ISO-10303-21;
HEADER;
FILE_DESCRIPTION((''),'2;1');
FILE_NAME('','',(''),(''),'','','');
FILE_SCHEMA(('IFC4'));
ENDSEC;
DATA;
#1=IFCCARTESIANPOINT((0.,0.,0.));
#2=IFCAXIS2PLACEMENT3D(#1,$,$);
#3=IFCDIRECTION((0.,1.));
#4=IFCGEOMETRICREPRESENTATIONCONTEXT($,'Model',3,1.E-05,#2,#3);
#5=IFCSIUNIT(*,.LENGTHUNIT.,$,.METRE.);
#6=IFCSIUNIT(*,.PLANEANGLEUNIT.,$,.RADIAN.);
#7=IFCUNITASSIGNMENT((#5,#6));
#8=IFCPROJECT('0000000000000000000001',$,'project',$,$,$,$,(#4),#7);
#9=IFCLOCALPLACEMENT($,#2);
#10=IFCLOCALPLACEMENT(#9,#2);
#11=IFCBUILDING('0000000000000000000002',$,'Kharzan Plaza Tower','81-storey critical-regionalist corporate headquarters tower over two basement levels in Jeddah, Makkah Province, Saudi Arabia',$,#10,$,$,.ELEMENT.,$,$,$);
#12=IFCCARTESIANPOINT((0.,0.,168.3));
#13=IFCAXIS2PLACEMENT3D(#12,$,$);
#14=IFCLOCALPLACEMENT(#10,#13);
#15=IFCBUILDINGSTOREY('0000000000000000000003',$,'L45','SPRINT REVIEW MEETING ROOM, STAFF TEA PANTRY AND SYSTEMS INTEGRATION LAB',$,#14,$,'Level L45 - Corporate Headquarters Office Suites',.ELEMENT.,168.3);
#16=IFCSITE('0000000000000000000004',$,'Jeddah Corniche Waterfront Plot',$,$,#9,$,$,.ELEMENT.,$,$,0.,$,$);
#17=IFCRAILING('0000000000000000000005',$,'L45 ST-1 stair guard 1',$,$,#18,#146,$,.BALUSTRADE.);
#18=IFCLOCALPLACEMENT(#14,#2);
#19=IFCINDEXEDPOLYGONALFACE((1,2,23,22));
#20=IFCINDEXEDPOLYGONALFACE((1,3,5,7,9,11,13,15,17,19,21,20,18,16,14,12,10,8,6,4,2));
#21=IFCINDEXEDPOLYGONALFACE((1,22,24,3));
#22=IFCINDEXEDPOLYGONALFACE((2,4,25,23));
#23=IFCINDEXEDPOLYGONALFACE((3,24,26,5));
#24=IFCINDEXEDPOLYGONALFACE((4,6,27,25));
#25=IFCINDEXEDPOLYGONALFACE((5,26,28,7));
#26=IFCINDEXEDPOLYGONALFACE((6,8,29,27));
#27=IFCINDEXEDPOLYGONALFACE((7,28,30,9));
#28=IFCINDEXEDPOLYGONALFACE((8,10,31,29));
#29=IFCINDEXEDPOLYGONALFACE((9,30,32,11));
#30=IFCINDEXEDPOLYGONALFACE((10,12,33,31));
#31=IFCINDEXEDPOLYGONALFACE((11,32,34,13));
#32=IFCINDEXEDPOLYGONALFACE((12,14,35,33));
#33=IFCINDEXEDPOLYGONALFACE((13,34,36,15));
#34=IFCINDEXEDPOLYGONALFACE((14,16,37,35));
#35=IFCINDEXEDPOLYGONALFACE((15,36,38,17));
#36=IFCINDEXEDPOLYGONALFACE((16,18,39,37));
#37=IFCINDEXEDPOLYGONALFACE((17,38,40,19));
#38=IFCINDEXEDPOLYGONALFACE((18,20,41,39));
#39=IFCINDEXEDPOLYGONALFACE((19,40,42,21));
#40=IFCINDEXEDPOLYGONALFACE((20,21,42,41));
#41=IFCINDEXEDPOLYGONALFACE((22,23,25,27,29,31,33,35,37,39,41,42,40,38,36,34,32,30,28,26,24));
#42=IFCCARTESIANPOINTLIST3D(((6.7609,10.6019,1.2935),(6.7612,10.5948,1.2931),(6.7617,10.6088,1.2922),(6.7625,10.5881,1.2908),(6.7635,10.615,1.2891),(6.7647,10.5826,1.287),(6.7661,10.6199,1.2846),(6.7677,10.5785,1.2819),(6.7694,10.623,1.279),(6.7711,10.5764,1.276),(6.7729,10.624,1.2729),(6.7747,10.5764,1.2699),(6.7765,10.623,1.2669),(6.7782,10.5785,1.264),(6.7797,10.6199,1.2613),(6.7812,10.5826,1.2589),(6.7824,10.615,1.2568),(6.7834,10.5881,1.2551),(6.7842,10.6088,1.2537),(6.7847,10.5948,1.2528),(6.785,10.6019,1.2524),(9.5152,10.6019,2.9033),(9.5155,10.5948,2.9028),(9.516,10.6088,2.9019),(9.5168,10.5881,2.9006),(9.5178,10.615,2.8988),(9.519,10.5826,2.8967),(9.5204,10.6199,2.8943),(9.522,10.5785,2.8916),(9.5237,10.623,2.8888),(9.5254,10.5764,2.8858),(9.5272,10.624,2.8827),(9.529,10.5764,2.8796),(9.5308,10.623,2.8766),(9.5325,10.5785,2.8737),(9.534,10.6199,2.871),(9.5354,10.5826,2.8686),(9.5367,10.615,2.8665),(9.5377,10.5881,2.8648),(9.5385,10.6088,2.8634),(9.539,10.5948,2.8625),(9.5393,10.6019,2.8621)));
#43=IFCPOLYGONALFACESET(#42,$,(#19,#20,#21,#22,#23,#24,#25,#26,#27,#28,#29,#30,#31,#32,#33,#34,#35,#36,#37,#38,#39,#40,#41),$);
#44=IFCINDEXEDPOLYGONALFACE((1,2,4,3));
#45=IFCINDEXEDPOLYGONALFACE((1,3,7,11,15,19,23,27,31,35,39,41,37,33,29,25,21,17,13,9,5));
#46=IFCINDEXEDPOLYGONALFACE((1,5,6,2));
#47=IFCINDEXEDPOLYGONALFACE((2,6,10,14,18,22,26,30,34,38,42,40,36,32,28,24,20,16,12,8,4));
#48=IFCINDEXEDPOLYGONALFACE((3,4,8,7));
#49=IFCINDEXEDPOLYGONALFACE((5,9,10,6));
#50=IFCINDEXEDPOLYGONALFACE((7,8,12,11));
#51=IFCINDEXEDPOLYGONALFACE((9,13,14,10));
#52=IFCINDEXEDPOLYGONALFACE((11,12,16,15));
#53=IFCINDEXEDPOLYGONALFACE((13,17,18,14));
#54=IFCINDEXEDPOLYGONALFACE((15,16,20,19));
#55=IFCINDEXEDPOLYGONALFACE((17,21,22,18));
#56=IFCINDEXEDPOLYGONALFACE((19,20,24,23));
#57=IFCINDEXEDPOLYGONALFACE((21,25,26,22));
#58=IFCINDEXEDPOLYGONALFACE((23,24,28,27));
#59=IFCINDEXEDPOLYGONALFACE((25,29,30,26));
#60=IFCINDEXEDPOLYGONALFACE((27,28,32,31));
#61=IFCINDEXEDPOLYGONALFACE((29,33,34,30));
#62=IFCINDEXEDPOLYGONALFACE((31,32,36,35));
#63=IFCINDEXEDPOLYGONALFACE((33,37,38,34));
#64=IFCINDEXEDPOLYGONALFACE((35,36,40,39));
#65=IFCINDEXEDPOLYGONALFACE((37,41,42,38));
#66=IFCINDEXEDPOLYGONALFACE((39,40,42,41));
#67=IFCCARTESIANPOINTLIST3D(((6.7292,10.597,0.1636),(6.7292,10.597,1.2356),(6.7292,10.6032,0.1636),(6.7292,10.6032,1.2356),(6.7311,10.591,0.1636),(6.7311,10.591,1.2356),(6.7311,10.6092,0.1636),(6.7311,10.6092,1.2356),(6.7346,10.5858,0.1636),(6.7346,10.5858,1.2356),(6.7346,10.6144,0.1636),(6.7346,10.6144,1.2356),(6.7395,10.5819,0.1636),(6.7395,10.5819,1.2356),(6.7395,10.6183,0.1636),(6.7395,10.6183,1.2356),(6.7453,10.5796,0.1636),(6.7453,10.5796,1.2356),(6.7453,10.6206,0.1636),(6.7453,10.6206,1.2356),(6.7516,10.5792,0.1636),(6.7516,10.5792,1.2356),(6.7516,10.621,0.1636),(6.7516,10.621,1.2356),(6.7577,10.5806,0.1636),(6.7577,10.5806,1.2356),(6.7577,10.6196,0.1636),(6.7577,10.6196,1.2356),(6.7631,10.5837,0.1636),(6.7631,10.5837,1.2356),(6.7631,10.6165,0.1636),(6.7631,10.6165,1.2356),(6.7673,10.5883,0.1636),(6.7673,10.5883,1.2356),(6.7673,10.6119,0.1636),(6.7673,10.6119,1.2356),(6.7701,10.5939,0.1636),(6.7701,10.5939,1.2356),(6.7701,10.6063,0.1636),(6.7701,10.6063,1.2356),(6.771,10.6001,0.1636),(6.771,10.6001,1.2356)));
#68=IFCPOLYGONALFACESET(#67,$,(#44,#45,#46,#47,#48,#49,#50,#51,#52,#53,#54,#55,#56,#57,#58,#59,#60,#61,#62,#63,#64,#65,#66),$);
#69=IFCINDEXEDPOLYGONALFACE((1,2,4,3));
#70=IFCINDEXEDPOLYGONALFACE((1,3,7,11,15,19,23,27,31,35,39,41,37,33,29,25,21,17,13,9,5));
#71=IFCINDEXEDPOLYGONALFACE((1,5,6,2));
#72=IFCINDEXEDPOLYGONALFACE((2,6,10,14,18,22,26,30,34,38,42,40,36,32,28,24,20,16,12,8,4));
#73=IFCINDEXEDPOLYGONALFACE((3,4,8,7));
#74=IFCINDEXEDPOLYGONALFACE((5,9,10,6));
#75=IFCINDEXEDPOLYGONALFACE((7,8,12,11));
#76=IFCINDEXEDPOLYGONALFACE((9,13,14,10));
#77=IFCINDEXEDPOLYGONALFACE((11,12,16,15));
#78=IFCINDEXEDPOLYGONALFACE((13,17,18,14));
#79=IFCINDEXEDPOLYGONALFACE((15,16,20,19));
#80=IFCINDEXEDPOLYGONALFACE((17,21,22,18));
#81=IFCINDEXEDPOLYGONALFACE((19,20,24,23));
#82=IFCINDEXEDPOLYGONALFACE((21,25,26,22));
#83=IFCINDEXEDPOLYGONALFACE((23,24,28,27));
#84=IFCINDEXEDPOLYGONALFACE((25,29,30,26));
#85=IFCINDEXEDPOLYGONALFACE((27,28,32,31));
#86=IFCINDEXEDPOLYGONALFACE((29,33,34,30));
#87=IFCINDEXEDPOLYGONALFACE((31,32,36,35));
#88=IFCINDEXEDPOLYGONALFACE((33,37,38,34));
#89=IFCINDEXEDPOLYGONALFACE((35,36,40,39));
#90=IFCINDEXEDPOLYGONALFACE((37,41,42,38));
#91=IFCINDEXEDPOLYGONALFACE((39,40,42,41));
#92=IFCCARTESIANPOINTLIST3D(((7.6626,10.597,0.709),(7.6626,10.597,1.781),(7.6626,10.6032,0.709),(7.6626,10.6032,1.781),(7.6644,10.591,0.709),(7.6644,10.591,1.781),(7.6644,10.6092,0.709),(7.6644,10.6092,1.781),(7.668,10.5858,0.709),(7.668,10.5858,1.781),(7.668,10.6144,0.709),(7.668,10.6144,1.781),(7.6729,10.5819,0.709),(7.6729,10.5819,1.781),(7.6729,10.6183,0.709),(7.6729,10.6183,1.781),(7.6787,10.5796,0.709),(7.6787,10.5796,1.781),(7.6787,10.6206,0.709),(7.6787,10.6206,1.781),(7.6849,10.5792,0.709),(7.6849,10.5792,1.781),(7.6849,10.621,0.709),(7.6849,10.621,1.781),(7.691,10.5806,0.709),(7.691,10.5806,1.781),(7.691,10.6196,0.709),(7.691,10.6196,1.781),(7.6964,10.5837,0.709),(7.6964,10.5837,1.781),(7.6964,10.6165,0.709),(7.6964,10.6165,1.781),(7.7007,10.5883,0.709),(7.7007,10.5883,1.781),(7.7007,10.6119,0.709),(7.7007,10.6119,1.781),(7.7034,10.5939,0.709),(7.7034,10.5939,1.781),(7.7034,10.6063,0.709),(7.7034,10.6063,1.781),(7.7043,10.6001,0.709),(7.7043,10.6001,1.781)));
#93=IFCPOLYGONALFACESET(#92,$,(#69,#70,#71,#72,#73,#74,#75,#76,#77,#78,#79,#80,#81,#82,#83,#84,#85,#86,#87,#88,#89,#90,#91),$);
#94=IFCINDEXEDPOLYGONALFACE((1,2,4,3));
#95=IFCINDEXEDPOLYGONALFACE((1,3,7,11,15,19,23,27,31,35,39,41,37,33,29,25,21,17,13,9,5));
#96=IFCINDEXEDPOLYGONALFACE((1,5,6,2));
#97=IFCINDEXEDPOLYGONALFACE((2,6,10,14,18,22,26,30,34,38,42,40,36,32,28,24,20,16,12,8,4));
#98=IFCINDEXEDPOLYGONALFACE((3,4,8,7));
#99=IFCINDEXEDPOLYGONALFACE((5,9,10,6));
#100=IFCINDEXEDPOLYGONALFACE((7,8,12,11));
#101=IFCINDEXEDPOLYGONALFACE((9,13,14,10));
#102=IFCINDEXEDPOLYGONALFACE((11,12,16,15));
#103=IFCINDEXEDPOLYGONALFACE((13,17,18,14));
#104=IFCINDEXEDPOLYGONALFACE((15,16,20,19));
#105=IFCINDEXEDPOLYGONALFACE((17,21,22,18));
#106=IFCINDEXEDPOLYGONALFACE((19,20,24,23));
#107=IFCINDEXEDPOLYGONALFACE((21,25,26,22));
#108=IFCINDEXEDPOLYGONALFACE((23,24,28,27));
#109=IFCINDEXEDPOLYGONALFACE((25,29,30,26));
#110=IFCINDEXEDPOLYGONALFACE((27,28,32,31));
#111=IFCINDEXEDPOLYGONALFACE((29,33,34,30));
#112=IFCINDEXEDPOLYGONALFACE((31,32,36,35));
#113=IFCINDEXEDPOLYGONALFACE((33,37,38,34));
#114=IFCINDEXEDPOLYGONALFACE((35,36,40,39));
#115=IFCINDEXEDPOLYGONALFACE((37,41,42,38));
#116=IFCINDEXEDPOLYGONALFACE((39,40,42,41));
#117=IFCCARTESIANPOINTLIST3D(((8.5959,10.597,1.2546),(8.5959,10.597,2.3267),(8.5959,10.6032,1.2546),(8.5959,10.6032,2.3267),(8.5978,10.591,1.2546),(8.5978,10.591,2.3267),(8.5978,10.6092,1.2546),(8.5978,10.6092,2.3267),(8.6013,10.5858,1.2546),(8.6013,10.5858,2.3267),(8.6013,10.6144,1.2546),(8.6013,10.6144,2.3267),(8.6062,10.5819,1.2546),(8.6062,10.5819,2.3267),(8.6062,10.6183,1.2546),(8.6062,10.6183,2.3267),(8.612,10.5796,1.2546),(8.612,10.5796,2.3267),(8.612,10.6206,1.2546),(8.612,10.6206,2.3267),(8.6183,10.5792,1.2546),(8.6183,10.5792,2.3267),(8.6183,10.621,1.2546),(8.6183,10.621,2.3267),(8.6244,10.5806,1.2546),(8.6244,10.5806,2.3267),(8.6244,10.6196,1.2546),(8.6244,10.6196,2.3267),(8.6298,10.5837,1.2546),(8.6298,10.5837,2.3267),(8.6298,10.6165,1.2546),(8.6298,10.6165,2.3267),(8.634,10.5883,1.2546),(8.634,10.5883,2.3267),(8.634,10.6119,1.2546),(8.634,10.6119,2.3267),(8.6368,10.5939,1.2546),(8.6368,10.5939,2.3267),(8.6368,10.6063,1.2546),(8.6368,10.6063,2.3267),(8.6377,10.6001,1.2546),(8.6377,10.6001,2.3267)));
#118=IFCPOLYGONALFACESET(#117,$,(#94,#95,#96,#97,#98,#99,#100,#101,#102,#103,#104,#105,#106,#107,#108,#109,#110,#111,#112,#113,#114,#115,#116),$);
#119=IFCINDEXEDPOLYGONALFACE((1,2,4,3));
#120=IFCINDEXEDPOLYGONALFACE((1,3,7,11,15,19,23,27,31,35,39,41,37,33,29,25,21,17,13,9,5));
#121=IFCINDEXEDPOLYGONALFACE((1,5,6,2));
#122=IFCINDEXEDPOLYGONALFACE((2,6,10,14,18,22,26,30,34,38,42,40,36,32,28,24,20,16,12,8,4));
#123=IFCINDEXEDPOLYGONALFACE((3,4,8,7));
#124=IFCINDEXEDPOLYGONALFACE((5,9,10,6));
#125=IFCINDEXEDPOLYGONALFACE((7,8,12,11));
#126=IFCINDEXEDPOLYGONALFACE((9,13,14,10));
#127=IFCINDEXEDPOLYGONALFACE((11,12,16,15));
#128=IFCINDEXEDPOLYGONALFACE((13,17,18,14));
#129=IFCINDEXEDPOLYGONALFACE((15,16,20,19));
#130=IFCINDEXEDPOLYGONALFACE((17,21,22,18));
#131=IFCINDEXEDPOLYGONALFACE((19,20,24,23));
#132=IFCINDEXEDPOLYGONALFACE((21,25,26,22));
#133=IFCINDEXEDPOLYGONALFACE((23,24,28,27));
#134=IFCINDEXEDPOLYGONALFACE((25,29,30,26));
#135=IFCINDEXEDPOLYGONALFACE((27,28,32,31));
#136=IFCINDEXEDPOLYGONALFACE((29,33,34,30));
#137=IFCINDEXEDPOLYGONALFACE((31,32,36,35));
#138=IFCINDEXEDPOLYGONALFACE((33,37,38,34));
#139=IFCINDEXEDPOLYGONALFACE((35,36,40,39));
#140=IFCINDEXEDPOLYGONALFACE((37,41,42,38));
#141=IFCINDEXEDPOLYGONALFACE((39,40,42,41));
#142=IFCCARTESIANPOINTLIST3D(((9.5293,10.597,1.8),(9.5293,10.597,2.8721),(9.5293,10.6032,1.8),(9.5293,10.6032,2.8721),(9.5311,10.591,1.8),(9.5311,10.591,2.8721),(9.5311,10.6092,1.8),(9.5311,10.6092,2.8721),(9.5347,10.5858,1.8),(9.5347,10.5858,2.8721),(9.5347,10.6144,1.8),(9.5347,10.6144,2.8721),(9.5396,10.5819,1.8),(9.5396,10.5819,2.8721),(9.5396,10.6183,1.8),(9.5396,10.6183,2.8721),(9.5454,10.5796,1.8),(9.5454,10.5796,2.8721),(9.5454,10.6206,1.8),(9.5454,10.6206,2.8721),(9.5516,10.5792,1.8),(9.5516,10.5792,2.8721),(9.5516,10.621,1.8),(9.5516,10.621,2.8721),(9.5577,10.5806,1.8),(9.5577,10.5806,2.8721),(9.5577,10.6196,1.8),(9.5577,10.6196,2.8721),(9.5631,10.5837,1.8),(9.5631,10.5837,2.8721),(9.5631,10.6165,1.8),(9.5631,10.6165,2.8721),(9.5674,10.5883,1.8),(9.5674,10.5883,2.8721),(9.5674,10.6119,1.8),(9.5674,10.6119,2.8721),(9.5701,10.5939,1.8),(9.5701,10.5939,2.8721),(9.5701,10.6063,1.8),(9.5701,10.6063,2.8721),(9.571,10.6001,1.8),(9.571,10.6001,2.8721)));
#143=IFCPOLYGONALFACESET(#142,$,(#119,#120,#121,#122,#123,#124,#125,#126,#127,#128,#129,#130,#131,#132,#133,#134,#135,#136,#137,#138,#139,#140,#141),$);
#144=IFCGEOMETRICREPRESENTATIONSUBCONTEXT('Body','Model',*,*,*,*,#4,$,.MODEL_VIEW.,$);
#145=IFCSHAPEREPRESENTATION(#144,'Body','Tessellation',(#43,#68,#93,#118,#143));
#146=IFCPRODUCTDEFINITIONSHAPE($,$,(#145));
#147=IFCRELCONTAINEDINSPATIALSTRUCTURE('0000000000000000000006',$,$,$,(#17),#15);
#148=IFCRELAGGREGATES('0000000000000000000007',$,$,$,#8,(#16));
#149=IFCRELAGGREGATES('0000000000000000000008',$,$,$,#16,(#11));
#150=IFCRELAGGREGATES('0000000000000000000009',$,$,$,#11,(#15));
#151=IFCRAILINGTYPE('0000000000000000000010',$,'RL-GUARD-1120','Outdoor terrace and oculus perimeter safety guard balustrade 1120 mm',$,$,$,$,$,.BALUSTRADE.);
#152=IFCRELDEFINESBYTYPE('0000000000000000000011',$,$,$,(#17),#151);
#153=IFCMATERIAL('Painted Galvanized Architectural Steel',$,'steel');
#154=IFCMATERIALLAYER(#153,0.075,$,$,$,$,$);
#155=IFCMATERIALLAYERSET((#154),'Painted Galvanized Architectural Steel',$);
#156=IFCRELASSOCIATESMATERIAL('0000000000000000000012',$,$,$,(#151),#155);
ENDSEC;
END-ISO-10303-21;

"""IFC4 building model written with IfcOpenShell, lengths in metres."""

from ifc_helpers import new_model, si_unit, direction, frame, origin, origin_2d, place, context, subcontext, project, spatial, circle, extrude, source, transform, mapped, material, layer, layer_set, type_object, element, save


model = new_model("IFC4")

# Units and contexts
model_context = context("Model", 3, precision=1e-05, world=origin(), true_north=direction((0.0, 1.0)))
body_context = subcontext(model_context, "Body", "Model", "MODEL_VIEW")
ifc_project = project(units=[si_unit("LENGTHUNIT", "METRE"), si_unit("PLANEANGLEUNIT", "RADIAN")], contexts=[model_context])

# Site, building, storey
site_placement = place(None, origin())
site = spatial("IfcSite", under=ifc_project, at=site_placement, Name="Jeddah Corniche Waterfront Plot", CompositionType="ELEMENT", RefElevation=0.0)
building_placement = place(site_placement, origin())
building = spatial("IfcBuilding", under=site, at=building_placement, Name="Kharzan Plaza Tower", Description="81-storey critical-regionalist corporate headquarters tower over two basement levels in Jeddah, Makkah Province, Saudi Arabia", CompositionType="ELEMENT")
storey_placement = place(building_placement, frame((0.0, 0.0, 168.3)))
storey = spatial("IfcBuildingStorey", under=building, at=storey_placement, Name="L45", Description="SPRINT REVIEW MEETING ROOM, STAFF TEA PANTRY AND SYSTEMS INTEGRATION LAB", LongName="Level L45 - Corporate Headquarters Office Suites", CompositionType="ELEMENT", Elevation=168.3)

# Railing
ifc_material_1 = material(Name="Painted Galvanized Architectural Steel", Category="steel")
ifc_layer_1 = layer(ifc_material_1, 0.075)
ifc_layer_set_1 = layer_set([ifc_layer_1], Name="Painted Galvanized Architectural Steel")
railing_type_1 = type_object("IfcRailingType", Name="RL-GUARD-1120", Description="Outdoor terrace and oculus perimeter safety guard balustrade 1120 mm", PredefinedType="BALUSTRADE", material=ifc_layer_set_1)
shared_shape_1 = source(origin(), body_context, "Body", "SweptSolid", [
    extrude(circle(Radius=0.0239, at=origin_2d()), frame((0.0229, 0.0, 1.1094), z_axis=(0.863361, 0.0, 0.504587), x_axis=(0.0, 1.0, 0.0)), (0.0, 0.0, 1.0), 3.1902),
    extrude(circle(Radius=0.021, at=origin_2d()), origin(), (0.0, 0.0, 1.0), 1.072),
    extrude(circle(Radius=0.021, at=origin_2d()), frame((0.9333, 0.0, 0.5454)), (0.0, 0.0, 1.0), 1.072),
    extrude(circle(Radius=0.021, at=origin_2d()), frame((1.8667, 0.0, 1.0911)), (0.0, 0.0, 1.0), 1.072),
    extrude(circle(Radius=0.021, at=origin_2d()), frame((2.8, 0.0, 1.6365)), (0.0, 0.0, 1.0), 1.072),
])
railing_1_placement = place(storey_placement, frame((6.75, 10.6001, 0.1636)))
element("IfcRailing", 1, at=railing_1_placement, inside=storey, type_object=railing_type_1, Name="L45 ST-1 stair guard 1", PredefinedType="BALUSTRADE", context=body_context, shape_type="MappedRepresentation", body=[
    mapped(shared_shape_1, transform((0.0, 0.0, 0.0), x_axis=(1.0, 0.0, 0.0), y_axis=(0.0, 1.0, 0.0), z_axis=(0.0, 0.0, 1.0))),
])

save(model, "model.ifc")
